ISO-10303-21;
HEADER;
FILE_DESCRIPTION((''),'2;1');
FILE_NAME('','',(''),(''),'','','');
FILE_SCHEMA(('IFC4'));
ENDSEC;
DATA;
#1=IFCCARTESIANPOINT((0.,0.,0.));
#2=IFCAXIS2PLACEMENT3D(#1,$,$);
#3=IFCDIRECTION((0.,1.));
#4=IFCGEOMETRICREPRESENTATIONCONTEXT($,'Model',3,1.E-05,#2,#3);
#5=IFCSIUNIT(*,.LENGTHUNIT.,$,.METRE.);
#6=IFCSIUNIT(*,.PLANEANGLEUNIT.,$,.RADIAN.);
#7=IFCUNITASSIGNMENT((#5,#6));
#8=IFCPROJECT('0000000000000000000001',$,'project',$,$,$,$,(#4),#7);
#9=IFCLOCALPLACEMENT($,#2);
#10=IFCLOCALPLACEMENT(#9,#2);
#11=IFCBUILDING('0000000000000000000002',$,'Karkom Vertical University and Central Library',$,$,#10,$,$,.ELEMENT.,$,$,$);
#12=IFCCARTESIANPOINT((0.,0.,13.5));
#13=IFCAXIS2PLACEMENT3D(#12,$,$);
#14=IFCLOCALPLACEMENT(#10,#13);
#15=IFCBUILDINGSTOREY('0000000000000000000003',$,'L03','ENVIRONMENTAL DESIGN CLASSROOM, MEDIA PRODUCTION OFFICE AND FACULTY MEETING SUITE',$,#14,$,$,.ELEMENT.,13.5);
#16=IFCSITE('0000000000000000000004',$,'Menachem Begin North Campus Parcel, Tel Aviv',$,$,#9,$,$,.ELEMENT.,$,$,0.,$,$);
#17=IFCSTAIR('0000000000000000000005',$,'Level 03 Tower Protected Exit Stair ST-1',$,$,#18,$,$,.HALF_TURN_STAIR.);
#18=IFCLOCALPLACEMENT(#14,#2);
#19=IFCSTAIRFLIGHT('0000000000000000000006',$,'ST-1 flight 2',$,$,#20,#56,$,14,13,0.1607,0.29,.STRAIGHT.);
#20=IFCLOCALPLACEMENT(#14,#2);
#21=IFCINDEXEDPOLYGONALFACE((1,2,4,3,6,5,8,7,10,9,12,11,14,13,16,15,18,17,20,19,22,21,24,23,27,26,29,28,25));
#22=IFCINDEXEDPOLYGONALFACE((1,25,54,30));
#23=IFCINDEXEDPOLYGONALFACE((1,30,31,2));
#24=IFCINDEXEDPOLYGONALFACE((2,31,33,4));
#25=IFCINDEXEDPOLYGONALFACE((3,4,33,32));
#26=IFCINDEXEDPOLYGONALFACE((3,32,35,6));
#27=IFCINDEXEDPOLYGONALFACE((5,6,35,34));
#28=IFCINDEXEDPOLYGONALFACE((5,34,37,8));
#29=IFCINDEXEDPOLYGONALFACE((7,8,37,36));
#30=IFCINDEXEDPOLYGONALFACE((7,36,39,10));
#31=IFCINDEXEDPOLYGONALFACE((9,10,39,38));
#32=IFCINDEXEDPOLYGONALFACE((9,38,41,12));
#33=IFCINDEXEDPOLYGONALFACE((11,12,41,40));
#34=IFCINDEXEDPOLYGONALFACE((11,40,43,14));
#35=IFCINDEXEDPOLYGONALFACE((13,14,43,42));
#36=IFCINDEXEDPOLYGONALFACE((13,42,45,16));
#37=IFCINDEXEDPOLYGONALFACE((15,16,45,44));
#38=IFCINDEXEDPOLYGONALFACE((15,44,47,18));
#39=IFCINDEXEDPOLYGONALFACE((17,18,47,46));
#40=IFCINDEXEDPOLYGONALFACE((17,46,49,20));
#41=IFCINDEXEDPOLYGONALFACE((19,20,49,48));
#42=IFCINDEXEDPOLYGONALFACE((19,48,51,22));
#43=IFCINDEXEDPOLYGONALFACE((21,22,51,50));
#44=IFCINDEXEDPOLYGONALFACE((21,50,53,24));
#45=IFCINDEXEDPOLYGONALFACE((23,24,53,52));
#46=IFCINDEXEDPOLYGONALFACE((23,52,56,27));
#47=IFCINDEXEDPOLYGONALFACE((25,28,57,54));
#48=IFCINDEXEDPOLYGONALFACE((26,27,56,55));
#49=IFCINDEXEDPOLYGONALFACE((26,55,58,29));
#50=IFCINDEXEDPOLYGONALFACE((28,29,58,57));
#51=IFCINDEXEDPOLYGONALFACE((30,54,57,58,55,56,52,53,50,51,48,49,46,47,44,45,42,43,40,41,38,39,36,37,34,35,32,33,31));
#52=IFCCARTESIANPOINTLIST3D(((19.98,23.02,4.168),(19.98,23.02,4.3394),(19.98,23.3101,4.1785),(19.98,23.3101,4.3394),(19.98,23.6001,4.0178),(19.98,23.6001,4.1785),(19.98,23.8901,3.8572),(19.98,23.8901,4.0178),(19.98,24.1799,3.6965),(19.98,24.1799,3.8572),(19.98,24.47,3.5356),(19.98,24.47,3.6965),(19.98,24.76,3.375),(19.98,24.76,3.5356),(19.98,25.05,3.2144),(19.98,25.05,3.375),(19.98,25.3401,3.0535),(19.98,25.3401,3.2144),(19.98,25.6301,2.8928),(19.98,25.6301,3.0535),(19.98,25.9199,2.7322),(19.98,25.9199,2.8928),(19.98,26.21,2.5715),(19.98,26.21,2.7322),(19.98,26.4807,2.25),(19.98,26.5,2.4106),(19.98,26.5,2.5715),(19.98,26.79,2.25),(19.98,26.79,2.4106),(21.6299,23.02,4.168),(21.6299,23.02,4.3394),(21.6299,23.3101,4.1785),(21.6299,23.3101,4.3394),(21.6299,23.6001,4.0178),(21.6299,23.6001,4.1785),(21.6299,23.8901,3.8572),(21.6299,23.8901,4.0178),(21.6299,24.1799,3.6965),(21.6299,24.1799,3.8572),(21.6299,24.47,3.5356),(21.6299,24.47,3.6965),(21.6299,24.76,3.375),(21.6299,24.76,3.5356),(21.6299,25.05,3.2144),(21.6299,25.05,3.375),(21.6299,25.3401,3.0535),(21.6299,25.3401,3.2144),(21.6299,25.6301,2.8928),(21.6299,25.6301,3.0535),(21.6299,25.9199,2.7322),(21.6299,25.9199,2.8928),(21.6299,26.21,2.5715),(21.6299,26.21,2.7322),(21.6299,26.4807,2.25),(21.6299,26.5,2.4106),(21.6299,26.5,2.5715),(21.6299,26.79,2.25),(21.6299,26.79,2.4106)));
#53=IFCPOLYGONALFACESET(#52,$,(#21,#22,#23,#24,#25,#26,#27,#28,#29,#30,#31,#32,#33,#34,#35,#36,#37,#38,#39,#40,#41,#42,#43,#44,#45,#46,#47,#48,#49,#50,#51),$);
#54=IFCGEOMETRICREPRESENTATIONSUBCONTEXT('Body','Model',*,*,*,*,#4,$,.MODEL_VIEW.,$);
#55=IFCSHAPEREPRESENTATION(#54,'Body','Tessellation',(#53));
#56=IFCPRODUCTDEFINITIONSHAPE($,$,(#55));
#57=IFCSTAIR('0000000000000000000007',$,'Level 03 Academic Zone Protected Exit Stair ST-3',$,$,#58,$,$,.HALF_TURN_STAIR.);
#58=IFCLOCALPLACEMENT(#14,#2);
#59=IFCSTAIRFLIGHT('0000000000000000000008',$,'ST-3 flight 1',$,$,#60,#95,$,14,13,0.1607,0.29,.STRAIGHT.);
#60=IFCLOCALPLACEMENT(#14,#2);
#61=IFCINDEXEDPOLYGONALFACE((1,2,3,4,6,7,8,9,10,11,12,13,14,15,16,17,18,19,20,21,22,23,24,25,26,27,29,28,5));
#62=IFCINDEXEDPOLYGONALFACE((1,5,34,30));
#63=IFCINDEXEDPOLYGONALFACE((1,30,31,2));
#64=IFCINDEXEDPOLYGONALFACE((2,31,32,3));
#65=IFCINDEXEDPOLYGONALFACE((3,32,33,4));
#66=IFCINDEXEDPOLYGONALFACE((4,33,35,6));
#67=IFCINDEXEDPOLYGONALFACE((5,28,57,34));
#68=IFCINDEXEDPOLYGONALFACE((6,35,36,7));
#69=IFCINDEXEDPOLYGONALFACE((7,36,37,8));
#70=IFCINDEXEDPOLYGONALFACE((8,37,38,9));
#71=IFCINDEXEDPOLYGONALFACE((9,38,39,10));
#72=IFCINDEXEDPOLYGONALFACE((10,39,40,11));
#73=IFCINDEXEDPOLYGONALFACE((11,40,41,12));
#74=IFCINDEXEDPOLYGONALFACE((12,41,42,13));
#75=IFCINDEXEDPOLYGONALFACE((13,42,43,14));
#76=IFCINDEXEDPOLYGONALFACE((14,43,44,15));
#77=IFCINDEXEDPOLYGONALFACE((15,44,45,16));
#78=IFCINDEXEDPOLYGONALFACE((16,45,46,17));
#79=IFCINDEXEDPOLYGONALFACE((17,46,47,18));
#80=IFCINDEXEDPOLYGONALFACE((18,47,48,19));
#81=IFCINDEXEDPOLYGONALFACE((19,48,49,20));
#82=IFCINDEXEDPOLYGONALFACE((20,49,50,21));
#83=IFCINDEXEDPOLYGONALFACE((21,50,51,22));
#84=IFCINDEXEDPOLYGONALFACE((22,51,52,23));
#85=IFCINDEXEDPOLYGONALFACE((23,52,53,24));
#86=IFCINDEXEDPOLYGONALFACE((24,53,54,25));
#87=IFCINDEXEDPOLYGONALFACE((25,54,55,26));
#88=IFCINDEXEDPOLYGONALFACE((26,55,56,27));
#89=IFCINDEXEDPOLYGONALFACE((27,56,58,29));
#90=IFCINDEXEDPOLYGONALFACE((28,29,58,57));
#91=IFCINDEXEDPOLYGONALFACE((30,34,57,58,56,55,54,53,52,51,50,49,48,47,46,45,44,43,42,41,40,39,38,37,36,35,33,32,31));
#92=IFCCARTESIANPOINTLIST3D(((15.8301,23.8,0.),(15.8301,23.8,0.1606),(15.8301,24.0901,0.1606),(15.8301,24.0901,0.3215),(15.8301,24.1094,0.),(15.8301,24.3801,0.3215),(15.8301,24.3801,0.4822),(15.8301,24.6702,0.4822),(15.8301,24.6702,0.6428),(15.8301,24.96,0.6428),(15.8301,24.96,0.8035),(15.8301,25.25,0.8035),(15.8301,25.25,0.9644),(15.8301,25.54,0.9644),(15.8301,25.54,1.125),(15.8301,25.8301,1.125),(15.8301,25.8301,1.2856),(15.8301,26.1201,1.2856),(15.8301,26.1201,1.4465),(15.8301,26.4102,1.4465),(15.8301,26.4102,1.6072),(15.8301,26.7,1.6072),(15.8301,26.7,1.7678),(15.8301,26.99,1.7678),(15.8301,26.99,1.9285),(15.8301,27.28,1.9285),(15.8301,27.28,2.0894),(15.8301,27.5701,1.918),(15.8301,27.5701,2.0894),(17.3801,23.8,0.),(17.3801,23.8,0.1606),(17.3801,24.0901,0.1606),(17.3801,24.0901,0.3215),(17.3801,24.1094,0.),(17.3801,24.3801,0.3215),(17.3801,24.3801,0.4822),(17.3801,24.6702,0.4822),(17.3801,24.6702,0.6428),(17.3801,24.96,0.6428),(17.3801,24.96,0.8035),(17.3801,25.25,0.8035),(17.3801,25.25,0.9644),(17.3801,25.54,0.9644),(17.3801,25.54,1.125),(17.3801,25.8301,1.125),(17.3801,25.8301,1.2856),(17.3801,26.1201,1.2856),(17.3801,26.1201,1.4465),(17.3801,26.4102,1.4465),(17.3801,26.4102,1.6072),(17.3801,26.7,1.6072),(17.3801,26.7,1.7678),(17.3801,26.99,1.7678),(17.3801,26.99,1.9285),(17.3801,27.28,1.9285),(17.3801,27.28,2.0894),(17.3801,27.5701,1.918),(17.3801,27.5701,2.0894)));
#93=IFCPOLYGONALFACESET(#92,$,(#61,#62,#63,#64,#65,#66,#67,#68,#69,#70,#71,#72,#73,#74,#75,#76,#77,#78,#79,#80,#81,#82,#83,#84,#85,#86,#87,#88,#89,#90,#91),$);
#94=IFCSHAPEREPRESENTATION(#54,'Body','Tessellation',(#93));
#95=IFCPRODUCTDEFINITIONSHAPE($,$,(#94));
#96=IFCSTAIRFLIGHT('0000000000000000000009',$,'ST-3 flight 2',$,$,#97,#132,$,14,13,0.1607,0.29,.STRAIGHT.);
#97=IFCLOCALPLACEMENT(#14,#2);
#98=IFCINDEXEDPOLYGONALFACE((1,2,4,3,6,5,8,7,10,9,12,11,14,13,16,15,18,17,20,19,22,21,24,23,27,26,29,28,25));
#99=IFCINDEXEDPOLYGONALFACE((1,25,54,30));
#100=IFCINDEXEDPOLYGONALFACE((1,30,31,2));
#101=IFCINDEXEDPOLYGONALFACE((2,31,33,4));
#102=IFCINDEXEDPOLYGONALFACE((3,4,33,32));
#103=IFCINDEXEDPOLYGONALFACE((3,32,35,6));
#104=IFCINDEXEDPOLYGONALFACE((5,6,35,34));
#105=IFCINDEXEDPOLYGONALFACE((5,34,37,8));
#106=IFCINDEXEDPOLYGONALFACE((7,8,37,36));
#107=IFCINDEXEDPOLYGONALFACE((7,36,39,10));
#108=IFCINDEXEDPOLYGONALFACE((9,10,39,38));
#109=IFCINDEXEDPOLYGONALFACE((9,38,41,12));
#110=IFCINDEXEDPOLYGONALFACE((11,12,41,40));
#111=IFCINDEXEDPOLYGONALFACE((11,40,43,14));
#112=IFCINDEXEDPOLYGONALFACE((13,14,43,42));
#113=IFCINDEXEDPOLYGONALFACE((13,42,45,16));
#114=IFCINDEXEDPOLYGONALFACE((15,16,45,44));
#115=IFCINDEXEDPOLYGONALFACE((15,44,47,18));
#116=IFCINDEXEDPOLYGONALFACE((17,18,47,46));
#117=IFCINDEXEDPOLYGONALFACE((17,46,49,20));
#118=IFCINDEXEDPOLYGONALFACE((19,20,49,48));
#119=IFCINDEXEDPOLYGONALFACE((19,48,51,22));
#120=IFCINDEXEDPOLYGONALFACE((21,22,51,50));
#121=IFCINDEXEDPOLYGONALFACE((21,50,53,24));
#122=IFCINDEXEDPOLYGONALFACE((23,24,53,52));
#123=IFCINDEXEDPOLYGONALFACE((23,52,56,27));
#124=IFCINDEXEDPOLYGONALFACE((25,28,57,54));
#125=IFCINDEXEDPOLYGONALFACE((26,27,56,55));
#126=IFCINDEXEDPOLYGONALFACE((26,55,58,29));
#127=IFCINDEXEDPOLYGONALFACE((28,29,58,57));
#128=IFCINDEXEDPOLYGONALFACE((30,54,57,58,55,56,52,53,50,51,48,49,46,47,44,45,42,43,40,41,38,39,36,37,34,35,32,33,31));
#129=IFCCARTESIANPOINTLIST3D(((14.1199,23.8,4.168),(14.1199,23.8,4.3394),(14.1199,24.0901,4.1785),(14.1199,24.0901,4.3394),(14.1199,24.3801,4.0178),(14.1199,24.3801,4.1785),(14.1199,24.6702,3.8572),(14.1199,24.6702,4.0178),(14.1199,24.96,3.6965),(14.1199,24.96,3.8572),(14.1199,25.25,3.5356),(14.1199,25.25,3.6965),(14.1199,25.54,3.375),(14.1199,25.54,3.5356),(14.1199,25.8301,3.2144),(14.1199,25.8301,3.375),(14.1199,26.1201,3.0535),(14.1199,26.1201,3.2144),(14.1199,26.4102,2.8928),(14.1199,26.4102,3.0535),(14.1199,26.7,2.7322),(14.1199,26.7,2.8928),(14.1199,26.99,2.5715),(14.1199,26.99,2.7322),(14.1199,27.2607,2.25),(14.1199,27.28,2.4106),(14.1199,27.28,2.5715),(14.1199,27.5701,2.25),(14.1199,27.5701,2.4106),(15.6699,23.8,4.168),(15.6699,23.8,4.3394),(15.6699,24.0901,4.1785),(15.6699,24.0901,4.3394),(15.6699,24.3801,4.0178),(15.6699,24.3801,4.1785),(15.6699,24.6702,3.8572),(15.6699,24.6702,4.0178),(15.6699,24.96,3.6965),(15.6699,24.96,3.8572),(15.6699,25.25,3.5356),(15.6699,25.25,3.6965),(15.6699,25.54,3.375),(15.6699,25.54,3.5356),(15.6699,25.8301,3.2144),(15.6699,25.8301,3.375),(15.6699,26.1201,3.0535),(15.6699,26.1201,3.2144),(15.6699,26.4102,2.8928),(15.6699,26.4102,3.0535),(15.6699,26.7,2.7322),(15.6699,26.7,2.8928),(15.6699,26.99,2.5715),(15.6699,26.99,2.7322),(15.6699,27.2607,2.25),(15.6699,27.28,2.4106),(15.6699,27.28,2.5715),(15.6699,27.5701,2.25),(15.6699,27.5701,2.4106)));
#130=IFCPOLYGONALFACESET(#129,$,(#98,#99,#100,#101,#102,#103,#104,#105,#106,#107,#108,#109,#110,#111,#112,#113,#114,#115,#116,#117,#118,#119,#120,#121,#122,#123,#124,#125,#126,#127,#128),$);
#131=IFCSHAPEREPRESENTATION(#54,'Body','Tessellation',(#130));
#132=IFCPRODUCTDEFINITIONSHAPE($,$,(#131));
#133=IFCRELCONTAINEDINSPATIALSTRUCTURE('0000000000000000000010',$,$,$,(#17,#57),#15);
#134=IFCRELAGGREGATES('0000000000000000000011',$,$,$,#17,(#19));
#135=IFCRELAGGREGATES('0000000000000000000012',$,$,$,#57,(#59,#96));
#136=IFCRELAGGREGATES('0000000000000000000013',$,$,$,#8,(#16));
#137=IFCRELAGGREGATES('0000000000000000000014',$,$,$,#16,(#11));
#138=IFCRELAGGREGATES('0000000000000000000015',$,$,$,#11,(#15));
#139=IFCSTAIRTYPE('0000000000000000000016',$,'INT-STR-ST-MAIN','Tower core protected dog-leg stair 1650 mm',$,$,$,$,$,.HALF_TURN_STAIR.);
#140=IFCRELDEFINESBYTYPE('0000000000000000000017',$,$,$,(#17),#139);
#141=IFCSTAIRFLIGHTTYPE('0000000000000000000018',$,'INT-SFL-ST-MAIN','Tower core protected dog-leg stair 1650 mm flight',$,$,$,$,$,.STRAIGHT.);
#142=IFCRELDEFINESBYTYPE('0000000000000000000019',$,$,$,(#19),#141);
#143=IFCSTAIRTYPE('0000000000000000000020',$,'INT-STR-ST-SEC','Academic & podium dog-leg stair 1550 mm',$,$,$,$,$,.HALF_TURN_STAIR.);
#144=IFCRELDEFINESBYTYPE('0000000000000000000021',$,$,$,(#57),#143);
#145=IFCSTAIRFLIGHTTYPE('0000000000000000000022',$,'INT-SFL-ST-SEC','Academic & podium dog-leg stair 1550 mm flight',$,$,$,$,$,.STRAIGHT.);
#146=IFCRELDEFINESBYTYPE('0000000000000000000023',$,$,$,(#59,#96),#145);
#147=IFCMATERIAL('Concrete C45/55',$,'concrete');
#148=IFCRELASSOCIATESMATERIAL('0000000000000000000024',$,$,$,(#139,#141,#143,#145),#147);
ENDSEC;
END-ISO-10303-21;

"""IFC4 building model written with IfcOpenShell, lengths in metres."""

from ifc_helpers import new_model, si_unit, direction, frame, origin, place, context, subcontext, project, spatial, polyline, outline, extrude, material, type_object, element, aggregate, save


model = new_model("IFC4")

# Units and contexts
model_context = context("Model", 3, precision=1e-05, world=origin(), true_north=direction((0.0, 1.0)))
body_context = subcontext(model_context, "Body", "Model", "MODEL_VIEW")
ifc_project = project(units=[si_unit("LENGTHUNIT", "METRE"), si_unit("PLANEANGLEUNIT", "RADIAN")], contexts=[model_context])

# Site, building, storey
site_placement = place(None, origin())
site = spatial("IfcSite", under=ifc_project, at=site_placement, Name="Menachem Begin North Campus Parcel, Tel Aviv", CompositionType="ELEMENT", RefElevation=0.0)
building_placement = place(site_placement, origin())
building = spatial("IfcBuilding", under=site, at=building_placement, Name="Karkom Vertical University and Central Library", CompositionType="ELEMENT")
storey_placement = place(building_placement, frame((0.0, 0.0, 13.5)))
storey = spatial("IfcBuildingStorey", under=building, at=storey_placement, Name="L03", Description="ENVIRONMENTAL DESIGN CLASSROOM, MEDIA PRODUCTION OFFICE AND FACULTY MEETING SUITE", CompositionType="ELEMENT", Elevation=13.5)

# Shared definitions
ifc_material_1 = material(Name="Concrete C45/55", Category="concrete")

# Stair, stair flight
stair_type_1 = type_object("IfcStairType", Name="INT-STR-ST-MAIN", Description="Tower core protected dog-leg stair 1650 mm", PredefinedType="HALF_TURN_STAIR", material=ifc_material_1)
stair_1_placement = place(storey_placement, origin())
stair_1 = element("IfcStair", 1, at=stair_1_placement, inside=storey, type_object=stair_type_1, Name="Level 03 Tower Protected Exit Stair ST-1", PredefinedType="HALF_TURN_STAIR")
stair_flight_type_1 = type_object("IfcStairFlightType", Name="INT-SFL-ST-MAIN", Description="Tower core protected dog-leg stair 1650 mm flight", PredefinedType="STRAIGHT", material=ifc_material_1)
stair_flight_1_placement = place(storey_placement, frame((20.8049, 26.79, 2.25), z_axis=(0.0, 0.0, 1.0), x_axis=(0.0, -1.0, 0.0)))
stair_flight_1 = element("IfcStairFlight", 2, at=stair_flight_1_placement, type_object=stair_flight_type_1, Name="ST-1 flight 2", NumberOfRisers=14, NumberOfTreads=13, PredefinedType="STRAIGHT", RiserHeight=0.1607, TreadLength=0.29, context=body_context, shape_type="SweptSolid", body=[
    extrude(outline(polyline([(0.0, 0.0), (0.0, 0.1606), (0.29, 0.1606), (0.29, 0.3215), (0.5801, 0.3215), (0.5801, 0.4822), (0.8701, 0.4822), (0.8701, 0.6428), (1.1599, 0.6428), (1.1599, 0.8035), (1.45, 0.8035), (1.45, 0.9644), (1.74, 0.9644), (1.74, 1.125), (2.03, 1.125), (2.03, 1.2856), (2.3201, 1.2856), (2.3201, 1.4465), (2.6101, 1.4465), (2.6101, 1.6072), (2.8999, 1.6072), (2.8999, 1.7678), (3.1899, 1.7678), (3.1899, 1.9285), (3.48, 1.9285), (3.48, 2.0894), (3.77, 2.0894), (3.77, 2.25), (3.77, 1.918), (0.3093, 0.0), (0.0, 0.0)])), frame((0.0, 0.825, 0.0), z_axis=(0.0, -1.0, 0.0), x_axis=(1.0, 0.0, 0.0)), (0.0, 0.0, 1.0), 1.6499),
])
aggregate(stair_1, [stair_flight_1])

# Stair, stair flights
stair_type_2 = type_object("IfcStairType", Name="INT-STR-ST-SEC", Description="Academic & podium dog-leg stair 1550 mm", PredefinedType="HALF_TURN_STAIR", material=ifc_material_1)
stair_2_placement = place(storey_placement, origin())
stair_2 = element("IfcStair", 3, at=stair_2_placement, inside=storey, type_object=stair_type_2, Name="Level 03 Academic Zone Protected Exit Stair ST-3", PredefinedType="HALF_TURN_STAIR")
stair_flight_type_2 = type_object("IfcStairFlightType", Name="INT-SFL-ST-SEC", Description="Academic & podium dog-leg stair 1550 mm flight", PredefinedType="STRAIGHT", material=ifc_material_1)
stair_flight_2_placement = place(storey_placement, frame((16.605, 23.8, 0.0), z_axis=(0.0, 0.0, 1.0), x_axis=(0.0, 1.0, 0.0)))
stair_flight_2 = element("IfcStairFlight", 4, at=stair_flight_2_placement, type_object=stair_flight_type_2, Name="ST-3 flight 1", NumberOfRisers=14, NumberOfTreads=13, PredefinedType="STRAIGHT", RiserHeight=0.1607, TreadLength=0.29, context=body_context, shape_type="SweptSolid", body=[
    extrude(outline(polyline([(0.0, 0.0), (0.0, 0.1606), (0.29, 0.1606), (0.29, 0.3215), (0.5801, 0.3215), (0.5801, 0.4822), (0.8701, 0.4822), (0.8701, 0.6428), (1.1599, 0.6428), (1.1599, 0.8035), (1.45, 0.8035), (1.45, 0.9644), (1.74, 0.9644), (1.74, 1.125), (2.03, 1.125), (2.03, 1.2856), (2.3201, 1.2856), (2.3201, 1.4465), (2.6101, 1.4465), (2.6101, 1.6072), (2.8999, 1.6072), (2.8999, 1.7678), (3.1899, 1.7678), (3.1899, 1.9285), (3.48, 1.9285), (3.48, 2.0894), (3.77, 2.0894), (3.77, 2.25), (3.77, 1.918), (0.3093, 0.0), (0.0, 0.0)])), frame((0.0, 0.7749, 0.0), z_axis=(0.0, -1.0, 0.0), x_axis=(1.0, 0.0, 0.0)), (0.0, 0.0, 1.0), 1.55),
])
stair_flight_3_placement = place(storey_placement, frame((14.895, 27.5701, 2.25), z_axis=(0.0, 0.0, 1.0), x_axis=(0.0, -1.0, 0.0)))
stair_flight_3 = element("IfcStairFlight", 5, at=stair_flight_3_placement, type_object=stair_flight_type_2, Name="ST-3 flight 2", NumberOfRisers=14, NumberOfTreads=13, PredefinedType="STRAIGHT", RiserHeight=0.1607, TreadLength=0.29, context=body_context, shape_type="SweptSolid", body=[
    extrude(outline(polyline([(0.0, 0.0), (0.0, 0.1606), (0.29, 0.1606), (0.29, 0.3215), (0.5801, 0.3215), (0.5801, 0.4822), (0.8701, 0.4822), (0.8701, 0.6428), (1.1599, 0.6428), (1.1599, 0.8035), (1.45, 0.8035), (1.45, 0.9644), (1.74, 0.9644), (1.74, 1.125), (2.03, 1.125), (2.03, 1.2856), (2.3201, 1.2856), (2.3201, 1.4465), (2.6101, 1.4465), (2.6101, 1.6072), (2.8999, 1.6072), (2.8999, 1.7678), (3.1899, 1.7678), (3.1899, 1.9285), (3.48, 1.9285), (3.48, 2.0894), (3.77, 2.0894), (3.77, 2.25), (3.77, 1.918), (0.3093, 0.0), (0.0, 0.0)])), frame((0.0, 0.7749, 0.0), z_axis=(0.0, -1.0, 0.0), x_axis=(1.0, 0.0, 0.0)), (0.0, 0.0, 1.0), 1.55),
])
aggregate(stair_2, [stair_flight_2, stair_flight_3])

save(model, "model.ifc")
